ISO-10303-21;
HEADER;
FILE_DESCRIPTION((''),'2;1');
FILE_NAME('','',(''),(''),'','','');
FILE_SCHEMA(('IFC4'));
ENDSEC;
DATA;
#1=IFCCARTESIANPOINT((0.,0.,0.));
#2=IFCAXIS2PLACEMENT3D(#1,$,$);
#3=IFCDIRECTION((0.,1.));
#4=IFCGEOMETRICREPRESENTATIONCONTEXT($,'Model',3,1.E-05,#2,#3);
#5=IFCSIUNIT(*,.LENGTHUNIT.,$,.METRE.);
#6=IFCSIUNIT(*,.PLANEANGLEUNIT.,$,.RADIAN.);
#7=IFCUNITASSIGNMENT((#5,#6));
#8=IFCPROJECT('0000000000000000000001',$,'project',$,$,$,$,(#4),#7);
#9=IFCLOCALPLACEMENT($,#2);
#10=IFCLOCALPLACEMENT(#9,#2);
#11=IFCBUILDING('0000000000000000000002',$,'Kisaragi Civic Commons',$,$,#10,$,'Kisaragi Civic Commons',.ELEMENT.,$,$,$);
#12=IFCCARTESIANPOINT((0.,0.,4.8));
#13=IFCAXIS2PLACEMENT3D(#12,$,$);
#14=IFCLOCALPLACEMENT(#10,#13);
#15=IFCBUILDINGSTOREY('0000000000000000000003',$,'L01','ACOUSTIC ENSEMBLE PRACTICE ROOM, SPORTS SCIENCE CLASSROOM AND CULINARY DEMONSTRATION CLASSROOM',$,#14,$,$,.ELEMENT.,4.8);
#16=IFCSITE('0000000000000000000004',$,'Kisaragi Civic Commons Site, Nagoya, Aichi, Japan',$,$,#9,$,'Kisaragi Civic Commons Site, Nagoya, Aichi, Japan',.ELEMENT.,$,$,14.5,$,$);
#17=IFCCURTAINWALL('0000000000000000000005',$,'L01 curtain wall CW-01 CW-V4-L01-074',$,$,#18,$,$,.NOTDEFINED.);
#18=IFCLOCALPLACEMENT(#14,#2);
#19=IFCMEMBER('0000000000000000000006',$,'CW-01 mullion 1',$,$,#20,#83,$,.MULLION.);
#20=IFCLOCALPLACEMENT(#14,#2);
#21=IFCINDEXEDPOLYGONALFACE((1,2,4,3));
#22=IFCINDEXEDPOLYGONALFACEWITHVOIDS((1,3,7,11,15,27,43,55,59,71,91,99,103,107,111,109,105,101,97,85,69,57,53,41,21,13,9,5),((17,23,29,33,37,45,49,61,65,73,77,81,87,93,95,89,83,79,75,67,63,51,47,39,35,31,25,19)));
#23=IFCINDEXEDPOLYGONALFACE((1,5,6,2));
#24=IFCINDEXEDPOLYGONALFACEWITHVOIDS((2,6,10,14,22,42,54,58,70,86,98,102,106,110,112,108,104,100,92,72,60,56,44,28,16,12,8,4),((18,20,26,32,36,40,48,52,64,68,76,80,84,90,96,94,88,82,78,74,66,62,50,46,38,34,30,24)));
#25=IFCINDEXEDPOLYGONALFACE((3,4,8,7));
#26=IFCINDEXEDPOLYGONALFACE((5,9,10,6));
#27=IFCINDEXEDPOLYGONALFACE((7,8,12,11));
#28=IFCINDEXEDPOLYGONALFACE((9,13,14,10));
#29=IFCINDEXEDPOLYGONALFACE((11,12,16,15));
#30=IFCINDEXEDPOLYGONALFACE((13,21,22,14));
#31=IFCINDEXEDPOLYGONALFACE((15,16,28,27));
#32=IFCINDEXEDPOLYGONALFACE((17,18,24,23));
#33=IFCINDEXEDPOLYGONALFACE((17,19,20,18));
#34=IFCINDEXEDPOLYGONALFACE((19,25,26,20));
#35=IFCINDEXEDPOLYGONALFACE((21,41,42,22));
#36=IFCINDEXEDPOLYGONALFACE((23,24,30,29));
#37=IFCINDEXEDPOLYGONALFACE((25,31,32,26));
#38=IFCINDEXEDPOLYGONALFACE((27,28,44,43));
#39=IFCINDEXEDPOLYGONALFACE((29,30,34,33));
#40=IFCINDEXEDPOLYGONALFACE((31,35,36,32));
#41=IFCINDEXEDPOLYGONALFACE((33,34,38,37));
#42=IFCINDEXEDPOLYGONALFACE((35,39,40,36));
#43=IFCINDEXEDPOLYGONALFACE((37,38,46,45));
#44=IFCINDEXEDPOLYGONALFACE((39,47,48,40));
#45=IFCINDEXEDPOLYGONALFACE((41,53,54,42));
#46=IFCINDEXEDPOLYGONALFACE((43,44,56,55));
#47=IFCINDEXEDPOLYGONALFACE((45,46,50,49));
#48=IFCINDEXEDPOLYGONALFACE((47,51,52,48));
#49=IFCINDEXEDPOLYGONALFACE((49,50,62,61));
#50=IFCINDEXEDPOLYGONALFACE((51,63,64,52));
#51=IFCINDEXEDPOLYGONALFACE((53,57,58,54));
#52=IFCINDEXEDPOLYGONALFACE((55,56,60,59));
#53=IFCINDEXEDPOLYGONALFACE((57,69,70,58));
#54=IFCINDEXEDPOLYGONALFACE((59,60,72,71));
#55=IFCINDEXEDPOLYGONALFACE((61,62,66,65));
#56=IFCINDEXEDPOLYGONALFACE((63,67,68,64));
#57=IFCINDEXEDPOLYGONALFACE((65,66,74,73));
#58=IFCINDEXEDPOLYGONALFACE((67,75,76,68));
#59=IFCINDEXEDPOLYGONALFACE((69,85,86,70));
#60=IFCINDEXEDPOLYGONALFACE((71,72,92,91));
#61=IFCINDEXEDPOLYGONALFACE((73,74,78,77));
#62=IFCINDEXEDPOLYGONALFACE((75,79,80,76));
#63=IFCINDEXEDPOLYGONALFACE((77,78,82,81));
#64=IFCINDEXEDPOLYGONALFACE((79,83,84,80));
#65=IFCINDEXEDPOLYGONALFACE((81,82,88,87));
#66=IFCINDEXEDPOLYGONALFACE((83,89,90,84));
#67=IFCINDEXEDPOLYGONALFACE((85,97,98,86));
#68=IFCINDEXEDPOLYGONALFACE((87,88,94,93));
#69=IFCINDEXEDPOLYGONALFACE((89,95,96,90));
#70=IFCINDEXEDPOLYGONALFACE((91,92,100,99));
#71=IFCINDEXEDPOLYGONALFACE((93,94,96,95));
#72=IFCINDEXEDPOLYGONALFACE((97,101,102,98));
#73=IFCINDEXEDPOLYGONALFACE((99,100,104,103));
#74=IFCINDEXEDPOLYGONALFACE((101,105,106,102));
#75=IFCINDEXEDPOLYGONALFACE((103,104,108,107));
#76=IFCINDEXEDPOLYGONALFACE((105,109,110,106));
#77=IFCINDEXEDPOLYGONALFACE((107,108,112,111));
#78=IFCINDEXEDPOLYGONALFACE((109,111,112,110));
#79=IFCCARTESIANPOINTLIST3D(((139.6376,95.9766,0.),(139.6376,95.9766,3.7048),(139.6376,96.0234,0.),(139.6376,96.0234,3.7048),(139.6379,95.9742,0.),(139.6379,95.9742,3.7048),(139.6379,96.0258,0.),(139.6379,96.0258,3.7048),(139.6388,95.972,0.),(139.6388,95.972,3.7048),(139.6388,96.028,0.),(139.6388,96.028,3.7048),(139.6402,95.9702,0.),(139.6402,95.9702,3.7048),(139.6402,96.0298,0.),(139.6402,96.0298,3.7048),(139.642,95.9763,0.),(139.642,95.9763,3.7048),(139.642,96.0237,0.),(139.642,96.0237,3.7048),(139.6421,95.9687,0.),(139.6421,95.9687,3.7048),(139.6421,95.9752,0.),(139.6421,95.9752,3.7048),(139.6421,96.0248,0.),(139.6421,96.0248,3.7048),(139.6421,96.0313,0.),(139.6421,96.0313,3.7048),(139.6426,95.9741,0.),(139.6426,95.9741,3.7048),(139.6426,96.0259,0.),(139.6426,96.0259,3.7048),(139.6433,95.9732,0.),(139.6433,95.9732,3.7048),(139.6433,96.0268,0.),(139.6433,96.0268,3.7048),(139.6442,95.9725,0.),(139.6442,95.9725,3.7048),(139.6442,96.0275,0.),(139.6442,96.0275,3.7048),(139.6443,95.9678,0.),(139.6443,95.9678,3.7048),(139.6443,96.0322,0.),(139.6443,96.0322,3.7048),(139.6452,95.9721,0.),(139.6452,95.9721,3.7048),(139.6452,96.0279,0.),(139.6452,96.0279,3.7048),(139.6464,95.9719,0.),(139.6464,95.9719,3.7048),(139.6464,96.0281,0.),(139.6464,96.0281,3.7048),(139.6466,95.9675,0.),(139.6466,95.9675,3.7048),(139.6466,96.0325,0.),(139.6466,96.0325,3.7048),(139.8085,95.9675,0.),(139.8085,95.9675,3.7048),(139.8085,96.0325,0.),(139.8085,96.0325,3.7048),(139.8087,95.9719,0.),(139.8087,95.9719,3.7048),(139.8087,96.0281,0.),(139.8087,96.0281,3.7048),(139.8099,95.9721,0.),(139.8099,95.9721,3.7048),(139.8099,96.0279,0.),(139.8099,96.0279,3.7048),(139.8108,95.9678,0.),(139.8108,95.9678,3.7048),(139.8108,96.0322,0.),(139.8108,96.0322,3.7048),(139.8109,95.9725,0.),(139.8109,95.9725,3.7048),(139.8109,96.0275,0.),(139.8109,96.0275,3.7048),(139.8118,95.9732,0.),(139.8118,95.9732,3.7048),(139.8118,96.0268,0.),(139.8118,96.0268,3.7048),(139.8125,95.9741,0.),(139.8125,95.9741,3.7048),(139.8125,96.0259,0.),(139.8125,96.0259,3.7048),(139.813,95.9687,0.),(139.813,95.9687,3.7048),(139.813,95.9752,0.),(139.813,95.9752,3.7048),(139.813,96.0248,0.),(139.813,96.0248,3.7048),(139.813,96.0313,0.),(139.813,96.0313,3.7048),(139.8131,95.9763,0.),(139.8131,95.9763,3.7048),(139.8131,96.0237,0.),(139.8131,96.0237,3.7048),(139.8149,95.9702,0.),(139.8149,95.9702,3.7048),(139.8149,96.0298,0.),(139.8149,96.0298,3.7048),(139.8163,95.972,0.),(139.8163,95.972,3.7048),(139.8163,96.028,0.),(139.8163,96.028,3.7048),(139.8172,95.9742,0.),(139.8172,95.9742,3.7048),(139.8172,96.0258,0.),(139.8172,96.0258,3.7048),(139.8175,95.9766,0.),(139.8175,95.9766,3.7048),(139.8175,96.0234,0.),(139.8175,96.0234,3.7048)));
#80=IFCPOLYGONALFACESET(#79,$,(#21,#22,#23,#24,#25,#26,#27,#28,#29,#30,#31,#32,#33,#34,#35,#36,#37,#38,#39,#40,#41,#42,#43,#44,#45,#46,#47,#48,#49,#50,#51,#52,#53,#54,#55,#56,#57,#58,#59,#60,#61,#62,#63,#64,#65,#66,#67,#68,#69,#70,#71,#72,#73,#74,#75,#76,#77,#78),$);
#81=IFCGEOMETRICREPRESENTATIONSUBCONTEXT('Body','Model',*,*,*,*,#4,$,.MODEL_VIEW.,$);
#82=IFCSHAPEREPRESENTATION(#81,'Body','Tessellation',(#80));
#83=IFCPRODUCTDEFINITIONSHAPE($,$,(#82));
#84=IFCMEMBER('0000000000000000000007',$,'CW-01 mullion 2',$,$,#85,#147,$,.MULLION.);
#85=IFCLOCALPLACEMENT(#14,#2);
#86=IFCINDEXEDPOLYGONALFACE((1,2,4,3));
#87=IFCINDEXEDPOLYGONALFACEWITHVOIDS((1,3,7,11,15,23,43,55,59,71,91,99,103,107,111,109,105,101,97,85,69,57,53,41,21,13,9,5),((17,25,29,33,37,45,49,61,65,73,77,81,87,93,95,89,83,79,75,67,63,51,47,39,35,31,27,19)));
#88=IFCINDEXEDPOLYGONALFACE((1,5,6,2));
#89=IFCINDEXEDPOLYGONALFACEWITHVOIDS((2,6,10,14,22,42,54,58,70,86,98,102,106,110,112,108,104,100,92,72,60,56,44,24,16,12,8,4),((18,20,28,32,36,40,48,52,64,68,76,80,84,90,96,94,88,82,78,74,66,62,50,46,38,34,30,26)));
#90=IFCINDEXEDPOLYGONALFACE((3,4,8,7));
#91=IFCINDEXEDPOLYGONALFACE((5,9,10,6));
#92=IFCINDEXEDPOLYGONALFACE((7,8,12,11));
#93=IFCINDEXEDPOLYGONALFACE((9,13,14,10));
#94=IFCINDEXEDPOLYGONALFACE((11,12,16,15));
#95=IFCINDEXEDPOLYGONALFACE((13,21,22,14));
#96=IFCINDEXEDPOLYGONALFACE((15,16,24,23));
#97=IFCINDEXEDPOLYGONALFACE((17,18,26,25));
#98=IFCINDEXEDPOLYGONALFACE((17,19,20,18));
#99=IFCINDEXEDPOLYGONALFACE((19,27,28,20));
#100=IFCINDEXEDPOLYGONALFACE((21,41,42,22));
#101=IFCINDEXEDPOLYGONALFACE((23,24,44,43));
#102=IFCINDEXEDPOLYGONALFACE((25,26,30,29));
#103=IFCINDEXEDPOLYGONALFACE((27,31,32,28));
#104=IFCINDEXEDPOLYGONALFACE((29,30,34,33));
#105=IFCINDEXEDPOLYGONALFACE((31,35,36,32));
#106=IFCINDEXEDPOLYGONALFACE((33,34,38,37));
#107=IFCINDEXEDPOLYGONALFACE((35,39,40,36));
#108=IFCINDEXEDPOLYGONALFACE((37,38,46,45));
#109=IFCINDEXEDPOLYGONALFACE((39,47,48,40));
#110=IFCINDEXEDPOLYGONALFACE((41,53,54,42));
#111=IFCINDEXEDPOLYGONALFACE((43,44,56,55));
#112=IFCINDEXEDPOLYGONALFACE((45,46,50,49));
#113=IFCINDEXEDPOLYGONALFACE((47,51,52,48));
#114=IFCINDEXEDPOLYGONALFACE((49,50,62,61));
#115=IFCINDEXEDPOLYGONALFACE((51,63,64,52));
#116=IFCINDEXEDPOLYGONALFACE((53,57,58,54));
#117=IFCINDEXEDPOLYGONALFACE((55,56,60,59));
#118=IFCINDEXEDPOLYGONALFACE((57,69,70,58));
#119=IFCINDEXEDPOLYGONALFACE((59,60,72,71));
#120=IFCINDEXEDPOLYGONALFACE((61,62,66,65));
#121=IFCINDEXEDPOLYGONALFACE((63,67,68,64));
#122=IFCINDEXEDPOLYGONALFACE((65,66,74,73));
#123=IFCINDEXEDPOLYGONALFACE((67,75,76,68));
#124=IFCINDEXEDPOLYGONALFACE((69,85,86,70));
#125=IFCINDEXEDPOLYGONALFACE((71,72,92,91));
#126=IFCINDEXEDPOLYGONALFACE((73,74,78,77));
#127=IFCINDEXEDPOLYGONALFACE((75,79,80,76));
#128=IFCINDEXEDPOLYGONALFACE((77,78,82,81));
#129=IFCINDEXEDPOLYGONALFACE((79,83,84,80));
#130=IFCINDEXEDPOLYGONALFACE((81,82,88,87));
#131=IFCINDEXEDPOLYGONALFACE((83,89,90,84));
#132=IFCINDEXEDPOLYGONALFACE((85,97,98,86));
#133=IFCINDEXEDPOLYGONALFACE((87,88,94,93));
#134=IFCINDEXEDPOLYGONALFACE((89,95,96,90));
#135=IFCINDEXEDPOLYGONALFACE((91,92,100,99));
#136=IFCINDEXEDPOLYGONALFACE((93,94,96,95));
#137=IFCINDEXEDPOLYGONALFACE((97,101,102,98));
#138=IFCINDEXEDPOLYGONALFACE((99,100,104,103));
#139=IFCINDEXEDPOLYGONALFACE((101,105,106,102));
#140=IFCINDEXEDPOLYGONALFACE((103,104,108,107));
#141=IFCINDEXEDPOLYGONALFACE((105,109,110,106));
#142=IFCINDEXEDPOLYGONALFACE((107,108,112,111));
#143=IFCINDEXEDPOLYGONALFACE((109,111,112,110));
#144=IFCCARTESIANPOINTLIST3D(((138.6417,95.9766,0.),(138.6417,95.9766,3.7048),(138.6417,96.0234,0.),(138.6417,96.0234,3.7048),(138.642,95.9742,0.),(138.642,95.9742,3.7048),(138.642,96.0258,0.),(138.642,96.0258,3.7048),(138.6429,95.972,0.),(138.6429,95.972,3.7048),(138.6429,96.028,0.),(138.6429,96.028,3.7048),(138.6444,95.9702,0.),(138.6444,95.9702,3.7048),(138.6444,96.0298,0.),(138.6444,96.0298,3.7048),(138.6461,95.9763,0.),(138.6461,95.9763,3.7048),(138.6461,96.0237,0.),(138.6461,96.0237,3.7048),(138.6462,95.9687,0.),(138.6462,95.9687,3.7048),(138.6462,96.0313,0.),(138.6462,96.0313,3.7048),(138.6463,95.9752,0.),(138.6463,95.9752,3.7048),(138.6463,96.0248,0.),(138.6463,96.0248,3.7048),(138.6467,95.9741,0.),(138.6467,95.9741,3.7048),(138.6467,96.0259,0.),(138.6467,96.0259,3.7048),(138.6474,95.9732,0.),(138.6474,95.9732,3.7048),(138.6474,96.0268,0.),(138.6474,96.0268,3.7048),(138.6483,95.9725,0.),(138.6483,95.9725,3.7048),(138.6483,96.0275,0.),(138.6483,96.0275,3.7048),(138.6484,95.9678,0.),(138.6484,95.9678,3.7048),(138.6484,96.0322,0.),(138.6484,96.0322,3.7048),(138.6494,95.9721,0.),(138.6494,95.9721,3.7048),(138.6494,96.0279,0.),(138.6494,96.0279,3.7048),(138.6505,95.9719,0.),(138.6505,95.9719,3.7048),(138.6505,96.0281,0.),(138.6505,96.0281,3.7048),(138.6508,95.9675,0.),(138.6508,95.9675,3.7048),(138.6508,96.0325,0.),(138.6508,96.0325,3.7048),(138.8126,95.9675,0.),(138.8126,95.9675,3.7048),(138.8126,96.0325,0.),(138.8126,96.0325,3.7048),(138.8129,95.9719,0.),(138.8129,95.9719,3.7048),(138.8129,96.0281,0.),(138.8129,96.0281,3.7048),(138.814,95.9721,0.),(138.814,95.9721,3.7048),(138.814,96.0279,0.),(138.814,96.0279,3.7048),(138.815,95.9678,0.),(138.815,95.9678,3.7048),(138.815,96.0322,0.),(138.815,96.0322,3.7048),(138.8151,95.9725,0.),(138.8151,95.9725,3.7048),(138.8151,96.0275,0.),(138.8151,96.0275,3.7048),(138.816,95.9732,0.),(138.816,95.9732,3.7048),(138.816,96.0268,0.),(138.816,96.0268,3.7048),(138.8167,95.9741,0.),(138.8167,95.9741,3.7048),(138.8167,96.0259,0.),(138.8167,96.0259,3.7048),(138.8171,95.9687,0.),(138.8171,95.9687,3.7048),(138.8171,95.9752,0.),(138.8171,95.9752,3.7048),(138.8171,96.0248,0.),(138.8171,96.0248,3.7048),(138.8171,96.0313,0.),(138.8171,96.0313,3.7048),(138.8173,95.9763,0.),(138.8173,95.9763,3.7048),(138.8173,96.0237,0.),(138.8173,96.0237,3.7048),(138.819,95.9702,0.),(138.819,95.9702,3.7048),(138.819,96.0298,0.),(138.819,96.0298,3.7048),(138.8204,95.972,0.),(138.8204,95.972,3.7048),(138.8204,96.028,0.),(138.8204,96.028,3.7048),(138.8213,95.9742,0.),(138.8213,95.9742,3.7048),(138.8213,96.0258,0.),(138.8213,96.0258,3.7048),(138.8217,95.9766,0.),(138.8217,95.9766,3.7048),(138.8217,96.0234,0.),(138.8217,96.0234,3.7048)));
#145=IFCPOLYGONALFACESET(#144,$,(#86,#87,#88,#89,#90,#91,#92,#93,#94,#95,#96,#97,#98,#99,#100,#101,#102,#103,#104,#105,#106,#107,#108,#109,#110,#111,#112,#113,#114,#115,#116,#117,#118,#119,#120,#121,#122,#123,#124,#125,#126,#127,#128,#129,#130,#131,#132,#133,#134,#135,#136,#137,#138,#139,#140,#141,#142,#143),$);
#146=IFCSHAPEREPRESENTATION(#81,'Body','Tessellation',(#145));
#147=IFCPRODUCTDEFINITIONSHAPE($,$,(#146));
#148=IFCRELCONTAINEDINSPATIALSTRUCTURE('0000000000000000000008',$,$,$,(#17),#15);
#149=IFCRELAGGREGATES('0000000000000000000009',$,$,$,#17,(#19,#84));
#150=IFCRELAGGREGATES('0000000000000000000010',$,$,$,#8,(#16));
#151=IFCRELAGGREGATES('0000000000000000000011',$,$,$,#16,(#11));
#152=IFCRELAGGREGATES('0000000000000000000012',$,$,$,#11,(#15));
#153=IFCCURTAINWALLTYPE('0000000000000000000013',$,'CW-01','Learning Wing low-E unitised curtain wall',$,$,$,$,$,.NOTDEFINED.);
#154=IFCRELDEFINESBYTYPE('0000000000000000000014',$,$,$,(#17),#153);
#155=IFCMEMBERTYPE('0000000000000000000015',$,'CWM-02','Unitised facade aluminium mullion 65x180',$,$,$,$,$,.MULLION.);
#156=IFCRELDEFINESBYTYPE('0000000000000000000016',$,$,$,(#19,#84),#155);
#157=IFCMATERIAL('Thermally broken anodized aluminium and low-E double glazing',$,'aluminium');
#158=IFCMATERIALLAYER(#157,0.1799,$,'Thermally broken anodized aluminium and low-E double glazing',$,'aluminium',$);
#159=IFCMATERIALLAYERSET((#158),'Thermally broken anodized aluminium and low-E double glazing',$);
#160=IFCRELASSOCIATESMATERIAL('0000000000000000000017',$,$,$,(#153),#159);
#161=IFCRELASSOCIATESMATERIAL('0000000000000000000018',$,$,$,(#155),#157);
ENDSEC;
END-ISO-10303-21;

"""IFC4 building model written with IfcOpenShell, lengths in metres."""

from ifc_helpers import new_model, si_unit, direction, frame, origin, origin_2d, place, context, subcontext, project, spatial, hollow_rectangle, extrude, material, layer, layer_set, material_profile, profile_set, type_object, element, aggregate, save


model = new_model("IFC4")

# Units and contexts
model_context = context("Model", 3, precision=1e-05, world=origin(), true_north=direction((0.0, 1.0)))
body_context = subcontext(model_context, "Body", "Model", "MODEL_VIEW")
ifc_project = project(units=[si_unit("LENGTHUNIT", "METRE"), si_unit("PLANEANGLEUNIT", "RADIAN")], contexts=[model_context])

# Site, building, storey
site_placement = place(None, origin())
site = spatial("IfcSite", under=ifc_project, at=site_placement, Name="Kisaragi Civic Commons Site, Nagoya, Aichi, Japan", LongName="Kisaragi Civic Commons Site, Nagoya, Aichi, Japan", CompositionType="ELEMENT", RefElevation=14.5)
building_placement = place(site_placement, origin())
building = spatial("IfcBuilding", under=site, at=building_placement, Name="Kisaragi Civic Commons", LongName="Kisaragi Civic Commons", CompositionType="ELEMENT")
storey_placement = place(building_placement, frame((0.0, 0.0, 4.8)))
storey = spatial("IfcBuildingStorey", under=building, at=storey_placement, Name="L01", Description="ACOUSTIC ENSEMBLE PRACTICE ROOM, SPORTS SCIENCE CLASSROOM AND CULINARY DEMONSTRATION CLASSROOM", CompositionType="ELEMENT", Elevation=4.8)

# Curtain wall, members
ifc_material = material(Name="Thermally broken anodized aluminium and low-E double glazing", Category="aluminium")
ifc_layer_1 = layer(ifc_material, 0.1799, Name="Thermally broken anodized aluminium and low-E double glazing", Category="aluminium")
ifc_layer_set_1 = layer_set([ifc_layer_1], Name="Thermally broken anodized aluminium and low-E double glazing")
curtain_wall_type = type_object("IfcCurtainWallType", Name="CW-01", Description="Learning Wing low-E unitised curtain wall", PredefinedType="NOTDEFINED", material=ifc_layer_set_1)
ifc_material_profile_1 = material_profile(ifc_material, hollow_rectangle(XDim=0.0649, YDim=0.1799, WallThickness=0.0044, InnerFilletRadius=0.0044, OuterFilletRadius=0.009, at=origin_2d()), Name="CWM-65x180x4.5", Category="aluminium")
ifc_profile_set_1 = profile_set([ifc_material_profile_1], Name="Thermally broken anodized aluminium and low-E double glazing")
member_type_1 = type_object("IfcMemberType", Name="CWM-02", Description="Unitised facade aluminium mullion 65x180", PredefinedType="MULLION", material=ifc_profile_set_1)
curtain_wall_1_placement = place(storey_placement, origin())
curtain_wall_1 = element("IfcCurtainWall", 1, at=curtain_wall_1_placement, inside=storey, type_object=curtain_wall_type, Name="L01 curtain wall CW-01 CW-V4-L01-074", PredefinedType="NOTDEFINED")
member_1_placement = place(storey_placement, frame((139.7275, 96.0, 0.0), z_axis=(0.0, 0.0, 1.0), x_axis=(0.0, -1.0, 0.0)))
member_1 = element("IfcMember", 2, at=member_1_placement, type_object=member_type_1, Name="CW-01 mullion 1", PredefinedType="MULLION", context=body_context, shape_type="SweptSolid", body=[
    extrude(hollow_rectangle(XDim=0.0649, YDim=0.1799, WallThickness=0.0044, InnerFilletRadius=0.0044, OuterFilletRadius=0.009, at=origin_2d()), origin(), (0.0, 0.0, 1.0), 3.7048),
])
member_2_placement = place(storey_placement, frame((138.7317, 96.0, 0.0), z_axis=(0.0, 0.0, 1.0), x_axis=(0.0, -1.0, 0.0)))
member_2 = element("IfcMember", 3, at=member_2_placement, type_object=member_type_1, Name="CW-01 mullion 2", PredefinedType="MULLION", context=body_context, shape_type="SweptSolid", body=[
    extrude(hollow_rectangle(XDim=0.0649, YDim=0.1799, WallThickness=0.0044, InnerFilletRadius=0.0044, OuterFilletRadius=0.009, at=origin_2d()), origin(), (0.0, 0.0, 1.0), 3.7048),
])

aggregate(curtain_wall_1, [member_1, member_2])

save(model, "model.ifc")
